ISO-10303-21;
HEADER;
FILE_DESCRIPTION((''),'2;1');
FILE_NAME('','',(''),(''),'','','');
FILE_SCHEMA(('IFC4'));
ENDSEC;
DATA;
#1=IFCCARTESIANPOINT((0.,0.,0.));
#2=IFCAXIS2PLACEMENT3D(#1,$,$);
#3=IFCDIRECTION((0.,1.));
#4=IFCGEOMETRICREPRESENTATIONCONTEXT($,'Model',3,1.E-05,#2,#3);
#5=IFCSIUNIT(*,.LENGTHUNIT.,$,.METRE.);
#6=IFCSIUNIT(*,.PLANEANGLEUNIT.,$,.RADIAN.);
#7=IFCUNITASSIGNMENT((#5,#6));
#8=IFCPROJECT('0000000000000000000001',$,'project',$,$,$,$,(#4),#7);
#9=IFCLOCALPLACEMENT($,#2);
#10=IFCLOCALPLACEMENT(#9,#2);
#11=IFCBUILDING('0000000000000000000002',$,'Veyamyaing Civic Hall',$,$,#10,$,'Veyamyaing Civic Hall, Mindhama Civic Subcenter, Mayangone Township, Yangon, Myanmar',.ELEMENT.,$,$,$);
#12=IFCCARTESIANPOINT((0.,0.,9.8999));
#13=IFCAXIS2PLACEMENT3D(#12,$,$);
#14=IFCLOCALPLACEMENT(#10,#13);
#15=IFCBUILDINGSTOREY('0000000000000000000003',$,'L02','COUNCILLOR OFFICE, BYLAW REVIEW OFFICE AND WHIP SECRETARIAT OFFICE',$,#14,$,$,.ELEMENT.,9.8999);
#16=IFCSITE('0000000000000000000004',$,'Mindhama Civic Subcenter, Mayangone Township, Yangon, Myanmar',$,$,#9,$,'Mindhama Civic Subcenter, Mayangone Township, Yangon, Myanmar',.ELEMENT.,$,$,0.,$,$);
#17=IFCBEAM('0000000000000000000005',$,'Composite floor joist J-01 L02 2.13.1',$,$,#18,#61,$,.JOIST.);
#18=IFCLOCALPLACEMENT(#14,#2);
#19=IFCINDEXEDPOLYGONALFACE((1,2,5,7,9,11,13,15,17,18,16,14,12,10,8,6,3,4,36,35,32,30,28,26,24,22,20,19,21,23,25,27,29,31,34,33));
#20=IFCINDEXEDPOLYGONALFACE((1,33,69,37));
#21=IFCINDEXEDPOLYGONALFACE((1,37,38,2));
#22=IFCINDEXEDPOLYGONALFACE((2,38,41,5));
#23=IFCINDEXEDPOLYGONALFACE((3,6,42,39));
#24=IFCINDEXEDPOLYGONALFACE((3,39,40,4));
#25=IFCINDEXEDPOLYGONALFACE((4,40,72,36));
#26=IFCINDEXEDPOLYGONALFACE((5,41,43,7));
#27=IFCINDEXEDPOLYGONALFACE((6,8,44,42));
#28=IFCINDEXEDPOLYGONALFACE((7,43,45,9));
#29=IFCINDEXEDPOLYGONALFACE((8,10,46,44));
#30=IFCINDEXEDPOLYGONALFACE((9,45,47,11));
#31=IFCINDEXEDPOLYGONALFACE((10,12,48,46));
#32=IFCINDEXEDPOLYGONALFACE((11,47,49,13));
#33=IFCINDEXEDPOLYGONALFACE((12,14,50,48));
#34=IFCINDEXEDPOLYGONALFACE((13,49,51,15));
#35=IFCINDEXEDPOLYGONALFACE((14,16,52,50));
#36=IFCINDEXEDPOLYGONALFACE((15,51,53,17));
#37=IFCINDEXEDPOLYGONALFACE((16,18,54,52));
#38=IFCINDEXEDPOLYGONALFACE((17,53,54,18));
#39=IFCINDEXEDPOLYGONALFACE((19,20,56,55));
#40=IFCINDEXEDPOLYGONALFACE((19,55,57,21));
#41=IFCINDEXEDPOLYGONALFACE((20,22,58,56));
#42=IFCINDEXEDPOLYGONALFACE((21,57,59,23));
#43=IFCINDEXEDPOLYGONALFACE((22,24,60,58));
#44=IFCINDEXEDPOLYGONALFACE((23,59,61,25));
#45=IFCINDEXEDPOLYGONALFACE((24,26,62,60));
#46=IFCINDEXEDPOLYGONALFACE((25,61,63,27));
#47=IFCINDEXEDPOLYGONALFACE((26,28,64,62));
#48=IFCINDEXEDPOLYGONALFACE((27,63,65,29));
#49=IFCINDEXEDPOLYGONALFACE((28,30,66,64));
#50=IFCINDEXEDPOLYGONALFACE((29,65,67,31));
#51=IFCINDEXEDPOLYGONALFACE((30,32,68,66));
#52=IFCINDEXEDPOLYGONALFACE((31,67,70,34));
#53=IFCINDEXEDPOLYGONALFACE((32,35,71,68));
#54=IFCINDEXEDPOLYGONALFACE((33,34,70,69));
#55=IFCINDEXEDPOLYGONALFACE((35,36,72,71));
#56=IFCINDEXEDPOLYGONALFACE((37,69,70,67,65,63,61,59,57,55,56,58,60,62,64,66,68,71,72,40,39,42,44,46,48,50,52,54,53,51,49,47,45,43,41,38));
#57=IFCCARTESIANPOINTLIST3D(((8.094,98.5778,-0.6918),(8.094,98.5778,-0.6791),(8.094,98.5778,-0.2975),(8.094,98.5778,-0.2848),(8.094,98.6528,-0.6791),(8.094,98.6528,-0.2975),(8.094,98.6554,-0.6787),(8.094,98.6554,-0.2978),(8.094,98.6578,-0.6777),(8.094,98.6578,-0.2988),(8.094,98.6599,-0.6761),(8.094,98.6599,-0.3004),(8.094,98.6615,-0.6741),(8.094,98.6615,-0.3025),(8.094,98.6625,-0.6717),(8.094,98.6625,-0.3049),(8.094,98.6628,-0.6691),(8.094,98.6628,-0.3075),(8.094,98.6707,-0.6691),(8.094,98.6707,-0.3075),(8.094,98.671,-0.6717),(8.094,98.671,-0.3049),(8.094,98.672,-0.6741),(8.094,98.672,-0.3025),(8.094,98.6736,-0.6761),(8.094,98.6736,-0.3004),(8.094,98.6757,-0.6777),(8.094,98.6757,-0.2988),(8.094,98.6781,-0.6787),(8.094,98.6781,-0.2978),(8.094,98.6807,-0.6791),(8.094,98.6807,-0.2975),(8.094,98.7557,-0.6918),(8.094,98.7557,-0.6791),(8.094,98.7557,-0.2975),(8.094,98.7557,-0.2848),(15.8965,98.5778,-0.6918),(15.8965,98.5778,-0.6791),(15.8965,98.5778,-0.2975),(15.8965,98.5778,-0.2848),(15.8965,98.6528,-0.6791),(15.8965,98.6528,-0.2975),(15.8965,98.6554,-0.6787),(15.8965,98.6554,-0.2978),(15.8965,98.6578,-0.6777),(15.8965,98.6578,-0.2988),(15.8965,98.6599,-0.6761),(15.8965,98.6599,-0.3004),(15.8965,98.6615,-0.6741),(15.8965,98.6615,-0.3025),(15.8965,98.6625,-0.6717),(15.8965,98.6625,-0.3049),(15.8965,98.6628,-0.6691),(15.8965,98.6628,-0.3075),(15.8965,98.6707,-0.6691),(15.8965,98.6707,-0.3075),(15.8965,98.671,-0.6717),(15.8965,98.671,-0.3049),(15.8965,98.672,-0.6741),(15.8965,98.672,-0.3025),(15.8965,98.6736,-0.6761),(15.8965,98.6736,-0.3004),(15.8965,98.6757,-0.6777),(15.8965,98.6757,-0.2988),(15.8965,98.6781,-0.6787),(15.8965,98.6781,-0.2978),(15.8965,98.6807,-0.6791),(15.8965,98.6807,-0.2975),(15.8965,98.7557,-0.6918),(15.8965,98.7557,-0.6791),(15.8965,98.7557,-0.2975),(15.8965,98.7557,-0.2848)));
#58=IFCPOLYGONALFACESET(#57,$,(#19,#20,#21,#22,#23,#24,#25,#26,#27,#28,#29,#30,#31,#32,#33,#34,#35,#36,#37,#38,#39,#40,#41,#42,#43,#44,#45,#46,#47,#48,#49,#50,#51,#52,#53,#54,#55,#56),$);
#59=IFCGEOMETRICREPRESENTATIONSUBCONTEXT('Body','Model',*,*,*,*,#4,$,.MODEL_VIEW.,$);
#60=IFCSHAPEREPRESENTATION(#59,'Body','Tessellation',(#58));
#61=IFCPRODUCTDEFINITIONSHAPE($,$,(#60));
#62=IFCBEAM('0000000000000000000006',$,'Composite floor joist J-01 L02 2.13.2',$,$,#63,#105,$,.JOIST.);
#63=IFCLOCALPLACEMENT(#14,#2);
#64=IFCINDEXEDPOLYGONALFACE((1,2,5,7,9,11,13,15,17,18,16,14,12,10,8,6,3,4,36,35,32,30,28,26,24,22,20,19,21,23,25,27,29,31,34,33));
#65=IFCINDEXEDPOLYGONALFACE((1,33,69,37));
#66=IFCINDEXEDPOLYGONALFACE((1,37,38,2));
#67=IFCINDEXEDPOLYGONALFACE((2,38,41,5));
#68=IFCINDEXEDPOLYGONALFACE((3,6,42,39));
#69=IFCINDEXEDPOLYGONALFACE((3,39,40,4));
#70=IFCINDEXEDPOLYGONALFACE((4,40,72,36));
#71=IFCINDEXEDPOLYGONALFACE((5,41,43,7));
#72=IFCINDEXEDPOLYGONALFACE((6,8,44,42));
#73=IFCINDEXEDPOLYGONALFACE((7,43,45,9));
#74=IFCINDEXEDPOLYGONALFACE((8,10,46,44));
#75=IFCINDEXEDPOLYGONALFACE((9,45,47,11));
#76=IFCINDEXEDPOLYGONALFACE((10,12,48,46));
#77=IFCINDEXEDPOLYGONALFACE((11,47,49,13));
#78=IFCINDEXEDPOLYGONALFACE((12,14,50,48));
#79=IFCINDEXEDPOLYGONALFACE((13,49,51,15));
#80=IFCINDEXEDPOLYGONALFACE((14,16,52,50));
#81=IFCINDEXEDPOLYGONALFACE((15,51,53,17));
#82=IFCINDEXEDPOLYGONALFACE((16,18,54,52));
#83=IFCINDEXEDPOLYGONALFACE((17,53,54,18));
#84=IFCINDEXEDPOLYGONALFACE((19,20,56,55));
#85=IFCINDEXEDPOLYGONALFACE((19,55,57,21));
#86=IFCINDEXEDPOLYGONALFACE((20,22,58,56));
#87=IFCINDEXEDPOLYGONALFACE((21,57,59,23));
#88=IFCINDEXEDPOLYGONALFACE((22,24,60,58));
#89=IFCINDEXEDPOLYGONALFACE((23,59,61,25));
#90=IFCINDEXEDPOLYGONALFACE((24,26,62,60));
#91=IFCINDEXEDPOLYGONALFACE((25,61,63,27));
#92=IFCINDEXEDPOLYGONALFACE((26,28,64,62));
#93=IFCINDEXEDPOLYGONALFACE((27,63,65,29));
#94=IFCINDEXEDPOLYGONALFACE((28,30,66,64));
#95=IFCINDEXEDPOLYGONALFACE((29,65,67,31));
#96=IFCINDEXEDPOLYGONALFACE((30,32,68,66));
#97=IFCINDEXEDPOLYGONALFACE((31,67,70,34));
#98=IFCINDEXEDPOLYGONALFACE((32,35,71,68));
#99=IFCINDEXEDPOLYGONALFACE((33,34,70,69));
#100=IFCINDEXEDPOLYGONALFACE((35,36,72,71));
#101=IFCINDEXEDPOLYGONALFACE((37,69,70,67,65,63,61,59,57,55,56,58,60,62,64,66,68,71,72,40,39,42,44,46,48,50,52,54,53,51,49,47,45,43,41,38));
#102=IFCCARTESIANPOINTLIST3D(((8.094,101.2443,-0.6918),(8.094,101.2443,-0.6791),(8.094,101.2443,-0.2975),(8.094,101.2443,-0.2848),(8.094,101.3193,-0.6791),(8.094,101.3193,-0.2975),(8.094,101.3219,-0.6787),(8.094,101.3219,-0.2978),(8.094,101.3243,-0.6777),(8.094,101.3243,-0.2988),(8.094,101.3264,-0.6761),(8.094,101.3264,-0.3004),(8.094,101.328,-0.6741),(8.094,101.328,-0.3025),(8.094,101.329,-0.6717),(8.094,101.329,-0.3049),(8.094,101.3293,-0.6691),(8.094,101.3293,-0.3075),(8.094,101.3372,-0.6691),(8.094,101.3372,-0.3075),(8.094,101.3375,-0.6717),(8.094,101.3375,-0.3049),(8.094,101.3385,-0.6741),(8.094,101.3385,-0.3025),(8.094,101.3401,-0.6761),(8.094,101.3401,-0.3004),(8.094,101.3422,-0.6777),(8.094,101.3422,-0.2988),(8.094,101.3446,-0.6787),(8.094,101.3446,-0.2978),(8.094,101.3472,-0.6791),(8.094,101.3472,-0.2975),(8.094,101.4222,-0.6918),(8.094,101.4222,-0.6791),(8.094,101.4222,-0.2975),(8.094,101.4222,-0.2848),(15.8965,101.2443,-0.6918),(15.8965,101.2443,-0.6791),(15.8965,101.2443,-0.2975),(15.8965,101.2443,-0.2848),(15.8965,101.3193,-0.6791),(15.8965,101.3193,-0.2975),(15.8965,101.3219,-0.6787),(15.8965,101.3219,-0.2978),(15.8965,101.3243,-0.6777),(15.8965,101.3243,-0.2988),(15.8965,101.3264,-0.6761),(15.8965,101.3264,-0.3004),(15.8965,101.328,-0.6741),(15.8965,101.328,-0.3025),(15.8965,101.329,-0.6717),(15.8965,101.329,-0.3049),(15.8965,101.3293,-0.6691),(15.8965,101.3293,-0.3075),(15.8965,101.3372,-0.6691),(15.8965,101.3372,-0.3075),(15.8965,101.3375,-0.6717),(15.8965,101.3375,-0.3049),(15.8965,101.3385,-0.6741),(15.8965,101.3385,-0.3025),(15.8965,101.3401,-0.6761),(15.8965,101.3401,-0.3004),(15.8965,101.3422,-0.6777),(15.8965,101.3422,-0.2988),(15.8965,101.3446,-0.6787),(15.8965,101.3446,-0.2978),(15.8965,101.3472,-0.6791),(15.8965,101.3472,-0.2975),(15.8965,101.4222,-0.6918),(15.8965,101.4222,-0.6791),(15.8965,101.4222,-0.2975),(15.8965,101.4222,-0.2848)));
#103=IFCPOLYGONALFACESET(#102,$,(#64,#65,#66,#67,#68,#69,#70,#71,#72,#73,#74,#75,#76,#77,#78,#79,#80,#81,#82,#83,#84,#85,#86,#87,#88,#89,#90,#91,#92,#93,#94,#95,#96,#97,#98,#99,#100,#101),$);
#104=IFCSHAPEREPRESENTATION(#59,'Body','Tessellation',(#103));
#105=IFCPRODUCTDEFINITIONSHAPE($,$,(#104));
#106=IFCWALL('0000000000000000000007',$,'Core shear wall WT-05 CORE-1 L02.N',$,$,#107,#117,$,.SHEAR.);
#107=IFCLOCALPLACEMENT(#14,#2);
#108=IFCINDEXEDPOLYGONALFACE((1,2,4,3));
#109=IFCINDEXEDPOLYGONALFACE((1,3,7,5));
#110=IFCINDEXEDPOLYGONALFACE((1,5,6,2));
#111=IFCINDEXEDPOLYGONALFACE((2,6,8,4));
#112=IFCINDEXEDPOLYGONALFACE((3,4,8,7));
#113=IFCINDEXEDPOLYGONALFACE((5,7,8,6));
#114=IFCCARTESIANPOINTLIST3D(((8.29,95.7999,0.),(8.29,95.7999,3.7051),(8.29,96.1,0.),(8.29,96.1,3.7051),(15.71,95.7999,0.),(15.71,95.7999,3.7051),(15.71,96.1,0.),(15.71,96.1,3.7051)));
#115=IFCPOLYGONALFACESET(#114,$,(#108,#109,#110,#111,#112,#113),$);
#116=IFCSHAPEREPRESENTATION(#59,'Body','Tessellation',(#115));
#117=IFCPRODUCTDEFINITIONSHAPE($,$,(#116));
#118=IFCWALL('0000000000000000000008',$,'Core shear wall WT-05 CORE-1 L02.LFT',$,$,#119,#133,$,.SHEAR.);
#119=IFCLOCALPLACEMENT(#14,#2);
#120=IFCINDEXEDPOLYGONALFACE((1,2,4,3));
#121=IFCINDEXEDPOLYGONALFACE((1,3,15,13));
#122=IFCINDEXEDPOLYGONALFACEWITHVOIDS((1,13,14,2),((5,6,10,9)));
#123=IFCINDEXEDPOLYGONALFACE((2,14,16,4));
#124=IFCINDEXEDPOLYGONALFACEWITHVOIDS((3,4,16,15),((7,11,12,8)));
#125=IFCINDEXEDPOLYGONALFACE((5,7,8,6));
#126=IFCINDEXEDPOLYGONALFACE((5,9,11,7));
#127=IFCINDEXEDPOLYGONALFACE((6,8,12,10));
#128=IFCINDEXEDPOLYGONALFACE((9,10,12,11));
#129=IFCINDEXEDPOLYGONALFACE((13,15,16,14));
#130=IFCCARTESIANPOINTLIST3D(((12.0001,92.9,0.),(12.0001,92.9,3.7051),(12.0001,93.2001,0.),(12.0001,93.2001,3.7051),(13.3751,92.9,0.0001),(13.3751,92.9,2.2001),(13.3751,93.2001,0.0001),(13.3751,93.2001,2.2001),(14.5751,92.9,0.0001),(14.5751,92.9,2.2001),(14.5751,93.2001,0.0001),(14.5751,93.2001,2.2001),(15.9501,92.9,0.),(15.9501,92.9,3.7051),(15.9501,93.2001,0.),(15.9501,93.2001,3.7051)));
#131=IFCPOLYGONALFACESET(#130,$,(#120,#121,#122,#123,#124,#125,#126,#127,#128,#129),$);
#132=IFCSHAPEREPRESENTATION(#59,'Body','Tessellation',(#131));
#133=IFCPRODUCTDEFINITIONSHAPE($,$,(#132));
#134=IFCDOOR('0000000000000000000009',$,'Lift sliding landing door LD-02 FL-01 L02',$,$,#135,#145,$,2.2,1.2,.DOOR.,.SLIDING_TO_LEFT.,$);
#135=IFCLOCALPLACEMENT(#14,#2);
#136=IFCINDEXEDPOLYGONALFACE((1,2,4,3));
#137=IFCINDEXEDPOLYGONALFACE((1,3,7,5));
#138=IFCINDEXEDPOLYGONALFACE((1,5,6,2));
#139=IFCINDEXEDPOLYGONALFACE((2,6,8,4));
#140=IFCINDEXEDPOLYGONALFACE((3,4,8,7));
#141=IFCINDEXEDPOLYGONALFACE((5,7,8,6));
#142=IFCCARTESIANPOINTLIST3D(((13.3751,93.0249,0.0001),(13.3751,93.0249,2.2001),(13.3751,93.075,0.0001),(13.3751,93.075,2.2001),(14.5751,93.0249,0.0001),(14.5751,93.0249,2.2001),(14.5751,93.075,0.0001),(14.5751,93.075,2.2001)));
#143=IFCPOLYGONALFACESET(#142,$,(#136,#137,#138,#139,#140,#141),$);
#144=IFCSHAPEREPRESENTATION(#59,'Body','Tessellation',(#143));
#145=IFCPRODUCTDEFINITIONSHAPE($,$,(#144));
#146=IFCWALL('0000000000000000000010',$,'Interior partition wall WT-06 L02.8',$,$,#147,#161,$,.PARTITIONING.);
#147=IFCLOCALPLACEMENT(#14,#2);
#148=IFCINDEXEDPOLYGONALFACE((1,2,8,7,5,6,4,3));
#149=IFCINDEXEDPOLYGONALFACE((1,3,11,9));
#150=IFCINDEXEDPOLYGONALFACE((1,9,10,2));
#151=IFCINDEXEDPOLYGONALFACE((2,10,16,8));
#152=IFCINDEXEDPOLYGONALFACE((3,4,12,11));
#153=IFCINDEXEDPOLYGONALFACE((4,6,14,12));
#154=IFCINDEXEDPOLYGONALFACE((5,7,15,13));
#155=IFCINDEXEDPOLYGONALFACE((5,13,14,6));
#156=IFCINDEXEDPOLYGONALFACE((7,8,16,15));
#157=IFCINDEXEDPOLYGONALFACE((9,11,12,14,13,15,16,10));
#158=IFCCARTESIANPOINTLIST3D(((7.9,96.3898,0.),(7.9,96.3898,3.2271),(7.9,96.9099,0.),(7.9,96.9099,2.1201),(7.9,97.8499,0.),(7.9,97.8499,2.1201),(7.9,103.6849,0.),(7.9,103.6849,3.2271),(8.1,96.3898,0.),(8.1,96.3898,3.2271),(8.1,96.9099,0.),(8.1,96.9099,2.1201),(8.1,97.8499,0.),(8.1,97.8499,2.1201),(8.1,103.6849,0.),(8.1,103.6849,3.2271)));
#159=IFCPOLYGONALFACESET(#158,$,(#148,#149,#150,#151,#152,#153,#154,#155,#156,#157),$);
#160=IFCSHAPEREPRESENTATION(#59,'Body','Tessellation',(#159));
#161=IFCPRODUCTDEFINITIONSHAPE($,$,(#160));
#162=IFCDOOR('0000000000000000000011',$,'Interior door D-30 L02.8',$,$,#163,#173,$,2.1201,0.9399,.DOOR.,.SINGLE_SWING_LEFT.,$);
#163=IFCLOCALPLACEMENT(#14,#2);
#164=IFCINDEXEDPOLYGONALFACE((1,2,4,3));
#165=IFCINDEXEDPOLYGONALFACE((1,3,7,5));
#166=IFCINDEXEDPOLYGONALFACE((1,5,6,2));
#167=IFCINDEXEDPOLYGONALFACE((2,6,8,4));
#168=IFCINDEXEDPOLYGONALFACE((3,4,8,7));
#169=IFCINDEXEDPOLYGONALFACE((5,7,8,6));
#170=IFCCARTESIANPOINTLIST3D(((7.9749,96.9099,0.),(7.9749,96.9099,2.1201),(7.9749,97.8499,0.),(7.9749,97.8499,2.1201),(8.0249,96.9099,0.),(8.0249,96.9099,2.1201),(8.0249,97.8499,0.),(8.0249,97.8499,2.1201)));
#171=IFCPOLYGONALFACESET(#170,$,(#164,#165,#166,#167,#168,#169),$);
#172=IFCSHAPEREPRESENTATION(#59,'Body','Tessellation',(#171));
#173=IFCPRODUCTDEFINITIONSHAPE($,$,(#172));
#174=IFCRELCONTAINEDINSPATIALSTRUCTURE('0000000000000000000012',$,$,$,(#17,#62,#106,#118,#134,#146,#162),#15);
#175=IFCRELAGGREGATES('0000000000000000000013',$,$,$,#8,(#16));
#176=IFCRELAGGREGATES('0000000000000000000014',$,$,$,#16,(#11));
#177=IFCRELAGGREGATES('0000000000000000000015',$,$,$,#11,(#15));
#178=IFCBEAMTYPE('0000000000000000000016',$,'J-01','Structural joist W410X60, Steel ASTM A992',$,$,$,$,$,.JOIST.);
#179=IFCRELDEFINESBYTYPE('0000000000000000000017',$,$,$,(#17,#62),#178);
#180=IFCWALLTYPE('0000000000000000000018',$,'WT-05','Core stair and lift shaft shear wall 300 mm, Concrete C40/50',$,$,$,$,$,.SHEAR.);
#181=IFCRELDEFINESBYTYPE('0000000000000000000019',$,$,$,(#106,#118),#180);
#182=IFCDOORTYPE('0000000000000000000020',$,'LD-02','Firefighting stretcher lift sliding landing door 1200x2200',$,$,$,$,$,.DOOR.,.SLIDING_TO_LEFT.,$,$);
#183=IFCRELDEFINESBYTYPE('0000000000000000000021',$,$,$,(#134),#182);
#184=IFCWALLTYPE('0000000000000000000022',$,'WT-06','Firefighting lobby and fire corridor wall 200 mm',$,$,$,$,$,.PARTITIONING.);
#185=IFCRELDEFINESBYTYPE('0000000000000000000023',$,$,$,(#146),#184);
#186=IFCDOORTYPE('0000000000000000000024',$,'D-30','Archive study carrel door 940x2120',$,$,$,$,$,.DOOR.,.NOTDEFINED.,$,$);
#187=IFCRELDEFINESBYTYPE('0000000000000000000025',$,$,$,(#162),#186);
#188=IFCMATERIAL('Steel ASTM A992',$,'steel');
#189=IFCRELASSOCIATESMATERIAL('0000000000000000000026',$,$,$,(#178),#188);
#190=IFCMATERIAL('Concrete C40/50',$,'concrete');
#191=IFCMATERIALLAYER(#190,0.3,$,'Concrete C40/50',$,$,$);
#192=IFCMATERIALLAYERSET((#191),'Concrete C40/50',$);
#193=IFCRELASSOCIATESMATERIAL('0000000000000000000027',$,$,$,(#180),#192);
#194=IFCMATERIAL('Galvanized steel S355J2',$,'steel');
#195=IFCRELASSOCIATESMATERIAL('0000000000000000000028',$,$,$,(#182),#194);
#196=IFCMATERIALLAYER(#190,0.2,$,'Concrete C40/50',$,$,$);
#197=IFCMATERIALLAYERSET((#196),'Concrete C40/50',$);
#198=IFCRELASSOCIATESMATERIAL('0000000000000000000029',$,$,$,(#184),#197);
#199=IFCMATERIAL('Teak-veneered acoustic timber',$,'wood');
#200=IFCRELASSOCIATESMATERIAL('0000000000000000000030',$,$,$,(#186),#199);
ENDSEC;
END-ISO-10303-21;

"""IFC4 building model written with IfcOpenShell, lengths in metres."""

from ifc_helpers import new_model, si_unit, direction, frame, frame_2d, origin, origin_2d, place, context, subcontext, project, spatial, rectangle, i_section, extrude, material, layer, layer_set, material_profile, profile_set, type_object, element, fill, save


model = new_model("IFC4")

# Units and contexts
model_context = context("Model", 3, precision=1e-05, world=origin(), true_north=direction((0.0, 1.0)))
body_context = subcontext(model_context, "Body", "Model", "MODEL_VIEW")
ifc_project = project(units=[si_unit("LENGTHUNIT", "METRE"), si_unit("PLANEANGLEUNIT", "RADIAN")], contexts=[model_context])

# Site, building, storey
site_placement = place(None, origin())
site = spatial("IfcSite", under=ifc_project, at=site_placement, Name="Mindhama Civic Subcenter, Mayangone Township, Yangon, Myanmar", LongName="Mindhama Civic Subcenter, Mayangone Township, Yangon, Myanmar", CompositionType="ELEMENT", RefElevation=0.0)
building_placement = place(site_placement, origin())
building = spatial("IfcBuilding", under=site, at=building_placement, Name="Veyamyaing Civic Hall", LongName="Veyamyaing Civic Hall, Mindhama Civic Subcenter, Mayangone Township, Yangon, Myanmar", CompositionType="ELEMENT")
storey_placement = place(building_placement, frame((0.0, 0.0, 9.8999)))
storey = spatial("IfcBuildingStorey", under=building, at=storey_placement, Name="L02", Description="COUNCILLOR OFFICE, BYLAW REVIEW OFFICE AND WHIP SECRETARIAT OFFICE", CompositionType="ELEMENT", Elevation=9.8999)

# Beams
ifc_material_1 = material(Name="Steel ASTM A992", Category="steel")
ifc_material_profile_1 = material_profile(ifc_material_1, i_section(OverallWidth=0.178, OverallDepth=0.407, WebThickness=0.0078, FlangeThickness=0.0127, FilletRadius=0.01, at=origin_2d()), Name="W410X60")
ifc_profile_set_1 = profile_set([ifc_material_profile_1], Name="Steel ASTM A992")
beam_type_1 = type_object("IfcBeamType", Name="J-01", Description="Structural joist W410X60, Steel ASTM A992", PredefinedType="JOIST", material=ifc_profile_set_1)
for number, where, z_axis, x_axis, name in (
    (1, (8.094, 98.6667, -0.4883), (1.0, 0.0, 0.0), (0.0, 1.0, 0.0), "Composite floor joist J-01 L02 2.13.1"),
    (2, (8.094, 101.3333, -0.4883), (1.0, 0.0, 0.0), (0.0, 1.0, 0.0), "Composite floor joist J-01 L02 2.13.2"),
):
    element("IfcBeam", number, at=place(storey_placement, frame(where, z_axis=z_axis, x_axis=x_axis)), inside=storey, type_object=beam_type_1, Name=name, PredefinedType="JOIST", context=body_context, shape_type="SweptSolid", body=[
        extrude(i_section(OverallWidth=0.178, OverallDepth=0.407, WebThickness=0.0078, FlangeThickness=0.0127, FilletRadius=0.01, at=origin_2d()), origin(), (0.0, 0.0, 1.0), 7.8025),
    ])

# Wall
ifc_material_2 = material(Name="Concrete C40/50", Category="concrete")
ifc_layer_1 = layer(ifc_material_2, 0.3, Name="Concrete C40/50")
ifc_layer_set_1 = layer_set([ifc_layer_1], Name="Concrete C40/50")
wall_type_1 = type_object("IfcWallType", Name="WT-05", Description="Core stair and lift shaft shear wall 300 mm, Concrete C40/50", PredefinedType="SHEAR", material=ifc_layer_set_1)
wall_1_placement = place(storey_placement, frame((8.29, 95.95, 0.0), z_axis=(0.0, 0.0, 1.0), x_axis=(1.0, 0.0, 0.0)))
element("IfcWall", 3, at=wall_1_placement, inside=storey, type_object=wall_type_1, Name="Core shear wall WT-05 CORE-1 L02.N", PredefinedType="SHEAR", context=body_context, shape_type="SweptSolid", body=[
    extrude(rectangle(XDim=7.4199, YDim=0.3, at=frame_2d((3.71, 0.0))), origin(), (0.0, 0.0, 1.0), 3.7051),
])

# Walls, openings, doors
wall_2_placement = place(storey_placement, frame((12.0, 93.05, 0.0), z_axis=(0.0, 0.0, 1.0), x_axis=(1.0, 0.0, 0.0)))
wall_2 = element("IfcWall", 4, at=wall_2_placement, inside=storey, type_object=wall_type_1, Name="Core shear wall WT-05 CORE-1 L02.LFT", PredefinedType="SHEAR", context=body_context, shape_type="SweptSolid", body=[
    extrude(rectangle(XDim=3.95, YDim=0.3, at=frame_2d((1.9751, 0.0))), origin(), (0.0, 0.0, 1.0), 3.7051),
])
opening_1_placement = place(wall_2_placement, frame((1.375, 0.0, 0.0)))
opening_1 = element("IfcOpeningElement", 5, at=opening_1_placement, cuts=wall_2, PredefinedType="OPENING", context=body_context, shape_type="SweptSolid", body=[
    extrude(rectangle(XDim=1.2, YDim=2.2, at=frame_2d((0.6001, 1.1001))), frame((0.0, 0.1599, 0.0), z_axis=(0.0, -1.0, 0.0), x_axis=(1.0, 0.0, 0.0)), (0.0, 0.0, 1.0), 0.3201),
])
ifc_material_3 = material(Name="Galvanized steel S355J2", Category="steel")
door_type_1 = type_object("IfcDoorType", Name="LD-02", Description="Firefighting stretcher lift sliding landing door 1200x2200", OperationType="SLIDING_TO_LEFT", PredefinedType="DOOR", material=ifc_material_3)
door_1_placement = place(opening_1_placement, origin())
door_1 = element("IfcDoor", 6, at=door_1_placement, inside=storey, type_object=door_type_1, Name="Lift sliding landing door LD-02 FL-01 L02", OperationType="SLIDING_TO_LEFT", OverallHeight=2.2, OverallWidth=1.2, PredefinedType="DOOR", context=body_context, shape_type="SweptSolid", body=[
    extrude(rectangle(XDim=1.2, YDim=2.2, at=frame_2d((0.6001, 1.1001))), frame((0.0, 0.0249, 0.0), z_axis=(0.0, -1.0, 0.0), x_axis=(1.0, 0.0, 0.0)), (0.0, 0.0, 1.0), 0.05),
])
fill(opening_1, door_1)
ifc_layer_2 = layer(ifc_material_2, 0.2, Name="Concrete C40/50")
ifc_layer_set_2 = layer_set([ifc_layer_2], Name="Concrete C40/50")
wall_type_2 = type_object("IfcWallType", Name="WT-06", Description="Firefighting lobby and fire corridor wall 200 mm", PredefinedType="PARTITIONING", material=ifc_layer_set_2)
wall_3_placement = place(storey_placement, frame((8.0, 96.3899, 0.0), z_axis=(0.0, 0.0, 1.0), x_axis=(0.0, 1.0, 0.0)))
wall_3 = element("IfcWall", 7, at=wall_3_placement, inside=storey, type_object=wall_type_2, Name="Interior partition wall WT-06 L02.8", PredefinedType="PARTITIONING", context=body_context, shape_type="SweptSolid", body=[
    extrude(rectangle(XDim=7.2952, YDim=0.2, at=frame_2d((3.6475, 0.0))), origin(), (0.0, 0.0, 1.0), 3.2271),
])
opening_2_placement = place(wall_3_placement, frame((0.52, 0.0, 0.0)))
opening_2 = element("IfcOpeningElement", 8, at=opening_2_placement, cuts=wall_3, PredefinedType="OPENING", context=body_context, shape_type="SweptSolid", body=[
    extrude(rectangle(XDim=0.9399, YDim=2.1201, at=frame_2d((0.47, 1.0601))), frame((0.0, 0.1099, 0.0), z_axis=(0.0, -1.0, 0.0), x_axis=(1.0, 0.0, 0.0)), (0.0, 0.0, 1.0), 0.22),
])
ifc_material_4 = material(Name="Teak-veneered acoustic timber", Category="wood")
door_type_2 = type_object("IfcDoorType", Name="D-30", Description="Archive study carrel door 940x2120", OperationType="NOTDEFINED", PredefinedType="DOOR", material=ifc_material_4)
door_2_placement = place(opening_2_placement, frame((0.9399, 0.0, 0.0), z_axis=(0.0, 0.0, 1.0), x_axis=(-1.0, 0.0, 0.0)))
door_2 = element("IfcDoor", 9, at=door_2_placement, inside=storey, type_object=door_type_2, Name="Interior door D-30 L02.8", OperationType="SINGLE_SWING_LEFT", OverallHeight=2.1201, OverallWidth=0.9399, PredefinedType="DOOR", context=body_context, shape_type="SweptSolid", body=[
    extrude(rectangle(XDim=0.9399, YDim=2.1201, at=frame_2d((0.47, 1.0601))), frame((0.0, 0.0249, 0.0), z_axis=(0.0, -1.0, 0.0), x_axis=(1.0, 0.0, 0.0)), (0.0, 0.0, 1.0), 0.05),
])
fill(opening_2, door_2)

save(model, "model.ifc")
